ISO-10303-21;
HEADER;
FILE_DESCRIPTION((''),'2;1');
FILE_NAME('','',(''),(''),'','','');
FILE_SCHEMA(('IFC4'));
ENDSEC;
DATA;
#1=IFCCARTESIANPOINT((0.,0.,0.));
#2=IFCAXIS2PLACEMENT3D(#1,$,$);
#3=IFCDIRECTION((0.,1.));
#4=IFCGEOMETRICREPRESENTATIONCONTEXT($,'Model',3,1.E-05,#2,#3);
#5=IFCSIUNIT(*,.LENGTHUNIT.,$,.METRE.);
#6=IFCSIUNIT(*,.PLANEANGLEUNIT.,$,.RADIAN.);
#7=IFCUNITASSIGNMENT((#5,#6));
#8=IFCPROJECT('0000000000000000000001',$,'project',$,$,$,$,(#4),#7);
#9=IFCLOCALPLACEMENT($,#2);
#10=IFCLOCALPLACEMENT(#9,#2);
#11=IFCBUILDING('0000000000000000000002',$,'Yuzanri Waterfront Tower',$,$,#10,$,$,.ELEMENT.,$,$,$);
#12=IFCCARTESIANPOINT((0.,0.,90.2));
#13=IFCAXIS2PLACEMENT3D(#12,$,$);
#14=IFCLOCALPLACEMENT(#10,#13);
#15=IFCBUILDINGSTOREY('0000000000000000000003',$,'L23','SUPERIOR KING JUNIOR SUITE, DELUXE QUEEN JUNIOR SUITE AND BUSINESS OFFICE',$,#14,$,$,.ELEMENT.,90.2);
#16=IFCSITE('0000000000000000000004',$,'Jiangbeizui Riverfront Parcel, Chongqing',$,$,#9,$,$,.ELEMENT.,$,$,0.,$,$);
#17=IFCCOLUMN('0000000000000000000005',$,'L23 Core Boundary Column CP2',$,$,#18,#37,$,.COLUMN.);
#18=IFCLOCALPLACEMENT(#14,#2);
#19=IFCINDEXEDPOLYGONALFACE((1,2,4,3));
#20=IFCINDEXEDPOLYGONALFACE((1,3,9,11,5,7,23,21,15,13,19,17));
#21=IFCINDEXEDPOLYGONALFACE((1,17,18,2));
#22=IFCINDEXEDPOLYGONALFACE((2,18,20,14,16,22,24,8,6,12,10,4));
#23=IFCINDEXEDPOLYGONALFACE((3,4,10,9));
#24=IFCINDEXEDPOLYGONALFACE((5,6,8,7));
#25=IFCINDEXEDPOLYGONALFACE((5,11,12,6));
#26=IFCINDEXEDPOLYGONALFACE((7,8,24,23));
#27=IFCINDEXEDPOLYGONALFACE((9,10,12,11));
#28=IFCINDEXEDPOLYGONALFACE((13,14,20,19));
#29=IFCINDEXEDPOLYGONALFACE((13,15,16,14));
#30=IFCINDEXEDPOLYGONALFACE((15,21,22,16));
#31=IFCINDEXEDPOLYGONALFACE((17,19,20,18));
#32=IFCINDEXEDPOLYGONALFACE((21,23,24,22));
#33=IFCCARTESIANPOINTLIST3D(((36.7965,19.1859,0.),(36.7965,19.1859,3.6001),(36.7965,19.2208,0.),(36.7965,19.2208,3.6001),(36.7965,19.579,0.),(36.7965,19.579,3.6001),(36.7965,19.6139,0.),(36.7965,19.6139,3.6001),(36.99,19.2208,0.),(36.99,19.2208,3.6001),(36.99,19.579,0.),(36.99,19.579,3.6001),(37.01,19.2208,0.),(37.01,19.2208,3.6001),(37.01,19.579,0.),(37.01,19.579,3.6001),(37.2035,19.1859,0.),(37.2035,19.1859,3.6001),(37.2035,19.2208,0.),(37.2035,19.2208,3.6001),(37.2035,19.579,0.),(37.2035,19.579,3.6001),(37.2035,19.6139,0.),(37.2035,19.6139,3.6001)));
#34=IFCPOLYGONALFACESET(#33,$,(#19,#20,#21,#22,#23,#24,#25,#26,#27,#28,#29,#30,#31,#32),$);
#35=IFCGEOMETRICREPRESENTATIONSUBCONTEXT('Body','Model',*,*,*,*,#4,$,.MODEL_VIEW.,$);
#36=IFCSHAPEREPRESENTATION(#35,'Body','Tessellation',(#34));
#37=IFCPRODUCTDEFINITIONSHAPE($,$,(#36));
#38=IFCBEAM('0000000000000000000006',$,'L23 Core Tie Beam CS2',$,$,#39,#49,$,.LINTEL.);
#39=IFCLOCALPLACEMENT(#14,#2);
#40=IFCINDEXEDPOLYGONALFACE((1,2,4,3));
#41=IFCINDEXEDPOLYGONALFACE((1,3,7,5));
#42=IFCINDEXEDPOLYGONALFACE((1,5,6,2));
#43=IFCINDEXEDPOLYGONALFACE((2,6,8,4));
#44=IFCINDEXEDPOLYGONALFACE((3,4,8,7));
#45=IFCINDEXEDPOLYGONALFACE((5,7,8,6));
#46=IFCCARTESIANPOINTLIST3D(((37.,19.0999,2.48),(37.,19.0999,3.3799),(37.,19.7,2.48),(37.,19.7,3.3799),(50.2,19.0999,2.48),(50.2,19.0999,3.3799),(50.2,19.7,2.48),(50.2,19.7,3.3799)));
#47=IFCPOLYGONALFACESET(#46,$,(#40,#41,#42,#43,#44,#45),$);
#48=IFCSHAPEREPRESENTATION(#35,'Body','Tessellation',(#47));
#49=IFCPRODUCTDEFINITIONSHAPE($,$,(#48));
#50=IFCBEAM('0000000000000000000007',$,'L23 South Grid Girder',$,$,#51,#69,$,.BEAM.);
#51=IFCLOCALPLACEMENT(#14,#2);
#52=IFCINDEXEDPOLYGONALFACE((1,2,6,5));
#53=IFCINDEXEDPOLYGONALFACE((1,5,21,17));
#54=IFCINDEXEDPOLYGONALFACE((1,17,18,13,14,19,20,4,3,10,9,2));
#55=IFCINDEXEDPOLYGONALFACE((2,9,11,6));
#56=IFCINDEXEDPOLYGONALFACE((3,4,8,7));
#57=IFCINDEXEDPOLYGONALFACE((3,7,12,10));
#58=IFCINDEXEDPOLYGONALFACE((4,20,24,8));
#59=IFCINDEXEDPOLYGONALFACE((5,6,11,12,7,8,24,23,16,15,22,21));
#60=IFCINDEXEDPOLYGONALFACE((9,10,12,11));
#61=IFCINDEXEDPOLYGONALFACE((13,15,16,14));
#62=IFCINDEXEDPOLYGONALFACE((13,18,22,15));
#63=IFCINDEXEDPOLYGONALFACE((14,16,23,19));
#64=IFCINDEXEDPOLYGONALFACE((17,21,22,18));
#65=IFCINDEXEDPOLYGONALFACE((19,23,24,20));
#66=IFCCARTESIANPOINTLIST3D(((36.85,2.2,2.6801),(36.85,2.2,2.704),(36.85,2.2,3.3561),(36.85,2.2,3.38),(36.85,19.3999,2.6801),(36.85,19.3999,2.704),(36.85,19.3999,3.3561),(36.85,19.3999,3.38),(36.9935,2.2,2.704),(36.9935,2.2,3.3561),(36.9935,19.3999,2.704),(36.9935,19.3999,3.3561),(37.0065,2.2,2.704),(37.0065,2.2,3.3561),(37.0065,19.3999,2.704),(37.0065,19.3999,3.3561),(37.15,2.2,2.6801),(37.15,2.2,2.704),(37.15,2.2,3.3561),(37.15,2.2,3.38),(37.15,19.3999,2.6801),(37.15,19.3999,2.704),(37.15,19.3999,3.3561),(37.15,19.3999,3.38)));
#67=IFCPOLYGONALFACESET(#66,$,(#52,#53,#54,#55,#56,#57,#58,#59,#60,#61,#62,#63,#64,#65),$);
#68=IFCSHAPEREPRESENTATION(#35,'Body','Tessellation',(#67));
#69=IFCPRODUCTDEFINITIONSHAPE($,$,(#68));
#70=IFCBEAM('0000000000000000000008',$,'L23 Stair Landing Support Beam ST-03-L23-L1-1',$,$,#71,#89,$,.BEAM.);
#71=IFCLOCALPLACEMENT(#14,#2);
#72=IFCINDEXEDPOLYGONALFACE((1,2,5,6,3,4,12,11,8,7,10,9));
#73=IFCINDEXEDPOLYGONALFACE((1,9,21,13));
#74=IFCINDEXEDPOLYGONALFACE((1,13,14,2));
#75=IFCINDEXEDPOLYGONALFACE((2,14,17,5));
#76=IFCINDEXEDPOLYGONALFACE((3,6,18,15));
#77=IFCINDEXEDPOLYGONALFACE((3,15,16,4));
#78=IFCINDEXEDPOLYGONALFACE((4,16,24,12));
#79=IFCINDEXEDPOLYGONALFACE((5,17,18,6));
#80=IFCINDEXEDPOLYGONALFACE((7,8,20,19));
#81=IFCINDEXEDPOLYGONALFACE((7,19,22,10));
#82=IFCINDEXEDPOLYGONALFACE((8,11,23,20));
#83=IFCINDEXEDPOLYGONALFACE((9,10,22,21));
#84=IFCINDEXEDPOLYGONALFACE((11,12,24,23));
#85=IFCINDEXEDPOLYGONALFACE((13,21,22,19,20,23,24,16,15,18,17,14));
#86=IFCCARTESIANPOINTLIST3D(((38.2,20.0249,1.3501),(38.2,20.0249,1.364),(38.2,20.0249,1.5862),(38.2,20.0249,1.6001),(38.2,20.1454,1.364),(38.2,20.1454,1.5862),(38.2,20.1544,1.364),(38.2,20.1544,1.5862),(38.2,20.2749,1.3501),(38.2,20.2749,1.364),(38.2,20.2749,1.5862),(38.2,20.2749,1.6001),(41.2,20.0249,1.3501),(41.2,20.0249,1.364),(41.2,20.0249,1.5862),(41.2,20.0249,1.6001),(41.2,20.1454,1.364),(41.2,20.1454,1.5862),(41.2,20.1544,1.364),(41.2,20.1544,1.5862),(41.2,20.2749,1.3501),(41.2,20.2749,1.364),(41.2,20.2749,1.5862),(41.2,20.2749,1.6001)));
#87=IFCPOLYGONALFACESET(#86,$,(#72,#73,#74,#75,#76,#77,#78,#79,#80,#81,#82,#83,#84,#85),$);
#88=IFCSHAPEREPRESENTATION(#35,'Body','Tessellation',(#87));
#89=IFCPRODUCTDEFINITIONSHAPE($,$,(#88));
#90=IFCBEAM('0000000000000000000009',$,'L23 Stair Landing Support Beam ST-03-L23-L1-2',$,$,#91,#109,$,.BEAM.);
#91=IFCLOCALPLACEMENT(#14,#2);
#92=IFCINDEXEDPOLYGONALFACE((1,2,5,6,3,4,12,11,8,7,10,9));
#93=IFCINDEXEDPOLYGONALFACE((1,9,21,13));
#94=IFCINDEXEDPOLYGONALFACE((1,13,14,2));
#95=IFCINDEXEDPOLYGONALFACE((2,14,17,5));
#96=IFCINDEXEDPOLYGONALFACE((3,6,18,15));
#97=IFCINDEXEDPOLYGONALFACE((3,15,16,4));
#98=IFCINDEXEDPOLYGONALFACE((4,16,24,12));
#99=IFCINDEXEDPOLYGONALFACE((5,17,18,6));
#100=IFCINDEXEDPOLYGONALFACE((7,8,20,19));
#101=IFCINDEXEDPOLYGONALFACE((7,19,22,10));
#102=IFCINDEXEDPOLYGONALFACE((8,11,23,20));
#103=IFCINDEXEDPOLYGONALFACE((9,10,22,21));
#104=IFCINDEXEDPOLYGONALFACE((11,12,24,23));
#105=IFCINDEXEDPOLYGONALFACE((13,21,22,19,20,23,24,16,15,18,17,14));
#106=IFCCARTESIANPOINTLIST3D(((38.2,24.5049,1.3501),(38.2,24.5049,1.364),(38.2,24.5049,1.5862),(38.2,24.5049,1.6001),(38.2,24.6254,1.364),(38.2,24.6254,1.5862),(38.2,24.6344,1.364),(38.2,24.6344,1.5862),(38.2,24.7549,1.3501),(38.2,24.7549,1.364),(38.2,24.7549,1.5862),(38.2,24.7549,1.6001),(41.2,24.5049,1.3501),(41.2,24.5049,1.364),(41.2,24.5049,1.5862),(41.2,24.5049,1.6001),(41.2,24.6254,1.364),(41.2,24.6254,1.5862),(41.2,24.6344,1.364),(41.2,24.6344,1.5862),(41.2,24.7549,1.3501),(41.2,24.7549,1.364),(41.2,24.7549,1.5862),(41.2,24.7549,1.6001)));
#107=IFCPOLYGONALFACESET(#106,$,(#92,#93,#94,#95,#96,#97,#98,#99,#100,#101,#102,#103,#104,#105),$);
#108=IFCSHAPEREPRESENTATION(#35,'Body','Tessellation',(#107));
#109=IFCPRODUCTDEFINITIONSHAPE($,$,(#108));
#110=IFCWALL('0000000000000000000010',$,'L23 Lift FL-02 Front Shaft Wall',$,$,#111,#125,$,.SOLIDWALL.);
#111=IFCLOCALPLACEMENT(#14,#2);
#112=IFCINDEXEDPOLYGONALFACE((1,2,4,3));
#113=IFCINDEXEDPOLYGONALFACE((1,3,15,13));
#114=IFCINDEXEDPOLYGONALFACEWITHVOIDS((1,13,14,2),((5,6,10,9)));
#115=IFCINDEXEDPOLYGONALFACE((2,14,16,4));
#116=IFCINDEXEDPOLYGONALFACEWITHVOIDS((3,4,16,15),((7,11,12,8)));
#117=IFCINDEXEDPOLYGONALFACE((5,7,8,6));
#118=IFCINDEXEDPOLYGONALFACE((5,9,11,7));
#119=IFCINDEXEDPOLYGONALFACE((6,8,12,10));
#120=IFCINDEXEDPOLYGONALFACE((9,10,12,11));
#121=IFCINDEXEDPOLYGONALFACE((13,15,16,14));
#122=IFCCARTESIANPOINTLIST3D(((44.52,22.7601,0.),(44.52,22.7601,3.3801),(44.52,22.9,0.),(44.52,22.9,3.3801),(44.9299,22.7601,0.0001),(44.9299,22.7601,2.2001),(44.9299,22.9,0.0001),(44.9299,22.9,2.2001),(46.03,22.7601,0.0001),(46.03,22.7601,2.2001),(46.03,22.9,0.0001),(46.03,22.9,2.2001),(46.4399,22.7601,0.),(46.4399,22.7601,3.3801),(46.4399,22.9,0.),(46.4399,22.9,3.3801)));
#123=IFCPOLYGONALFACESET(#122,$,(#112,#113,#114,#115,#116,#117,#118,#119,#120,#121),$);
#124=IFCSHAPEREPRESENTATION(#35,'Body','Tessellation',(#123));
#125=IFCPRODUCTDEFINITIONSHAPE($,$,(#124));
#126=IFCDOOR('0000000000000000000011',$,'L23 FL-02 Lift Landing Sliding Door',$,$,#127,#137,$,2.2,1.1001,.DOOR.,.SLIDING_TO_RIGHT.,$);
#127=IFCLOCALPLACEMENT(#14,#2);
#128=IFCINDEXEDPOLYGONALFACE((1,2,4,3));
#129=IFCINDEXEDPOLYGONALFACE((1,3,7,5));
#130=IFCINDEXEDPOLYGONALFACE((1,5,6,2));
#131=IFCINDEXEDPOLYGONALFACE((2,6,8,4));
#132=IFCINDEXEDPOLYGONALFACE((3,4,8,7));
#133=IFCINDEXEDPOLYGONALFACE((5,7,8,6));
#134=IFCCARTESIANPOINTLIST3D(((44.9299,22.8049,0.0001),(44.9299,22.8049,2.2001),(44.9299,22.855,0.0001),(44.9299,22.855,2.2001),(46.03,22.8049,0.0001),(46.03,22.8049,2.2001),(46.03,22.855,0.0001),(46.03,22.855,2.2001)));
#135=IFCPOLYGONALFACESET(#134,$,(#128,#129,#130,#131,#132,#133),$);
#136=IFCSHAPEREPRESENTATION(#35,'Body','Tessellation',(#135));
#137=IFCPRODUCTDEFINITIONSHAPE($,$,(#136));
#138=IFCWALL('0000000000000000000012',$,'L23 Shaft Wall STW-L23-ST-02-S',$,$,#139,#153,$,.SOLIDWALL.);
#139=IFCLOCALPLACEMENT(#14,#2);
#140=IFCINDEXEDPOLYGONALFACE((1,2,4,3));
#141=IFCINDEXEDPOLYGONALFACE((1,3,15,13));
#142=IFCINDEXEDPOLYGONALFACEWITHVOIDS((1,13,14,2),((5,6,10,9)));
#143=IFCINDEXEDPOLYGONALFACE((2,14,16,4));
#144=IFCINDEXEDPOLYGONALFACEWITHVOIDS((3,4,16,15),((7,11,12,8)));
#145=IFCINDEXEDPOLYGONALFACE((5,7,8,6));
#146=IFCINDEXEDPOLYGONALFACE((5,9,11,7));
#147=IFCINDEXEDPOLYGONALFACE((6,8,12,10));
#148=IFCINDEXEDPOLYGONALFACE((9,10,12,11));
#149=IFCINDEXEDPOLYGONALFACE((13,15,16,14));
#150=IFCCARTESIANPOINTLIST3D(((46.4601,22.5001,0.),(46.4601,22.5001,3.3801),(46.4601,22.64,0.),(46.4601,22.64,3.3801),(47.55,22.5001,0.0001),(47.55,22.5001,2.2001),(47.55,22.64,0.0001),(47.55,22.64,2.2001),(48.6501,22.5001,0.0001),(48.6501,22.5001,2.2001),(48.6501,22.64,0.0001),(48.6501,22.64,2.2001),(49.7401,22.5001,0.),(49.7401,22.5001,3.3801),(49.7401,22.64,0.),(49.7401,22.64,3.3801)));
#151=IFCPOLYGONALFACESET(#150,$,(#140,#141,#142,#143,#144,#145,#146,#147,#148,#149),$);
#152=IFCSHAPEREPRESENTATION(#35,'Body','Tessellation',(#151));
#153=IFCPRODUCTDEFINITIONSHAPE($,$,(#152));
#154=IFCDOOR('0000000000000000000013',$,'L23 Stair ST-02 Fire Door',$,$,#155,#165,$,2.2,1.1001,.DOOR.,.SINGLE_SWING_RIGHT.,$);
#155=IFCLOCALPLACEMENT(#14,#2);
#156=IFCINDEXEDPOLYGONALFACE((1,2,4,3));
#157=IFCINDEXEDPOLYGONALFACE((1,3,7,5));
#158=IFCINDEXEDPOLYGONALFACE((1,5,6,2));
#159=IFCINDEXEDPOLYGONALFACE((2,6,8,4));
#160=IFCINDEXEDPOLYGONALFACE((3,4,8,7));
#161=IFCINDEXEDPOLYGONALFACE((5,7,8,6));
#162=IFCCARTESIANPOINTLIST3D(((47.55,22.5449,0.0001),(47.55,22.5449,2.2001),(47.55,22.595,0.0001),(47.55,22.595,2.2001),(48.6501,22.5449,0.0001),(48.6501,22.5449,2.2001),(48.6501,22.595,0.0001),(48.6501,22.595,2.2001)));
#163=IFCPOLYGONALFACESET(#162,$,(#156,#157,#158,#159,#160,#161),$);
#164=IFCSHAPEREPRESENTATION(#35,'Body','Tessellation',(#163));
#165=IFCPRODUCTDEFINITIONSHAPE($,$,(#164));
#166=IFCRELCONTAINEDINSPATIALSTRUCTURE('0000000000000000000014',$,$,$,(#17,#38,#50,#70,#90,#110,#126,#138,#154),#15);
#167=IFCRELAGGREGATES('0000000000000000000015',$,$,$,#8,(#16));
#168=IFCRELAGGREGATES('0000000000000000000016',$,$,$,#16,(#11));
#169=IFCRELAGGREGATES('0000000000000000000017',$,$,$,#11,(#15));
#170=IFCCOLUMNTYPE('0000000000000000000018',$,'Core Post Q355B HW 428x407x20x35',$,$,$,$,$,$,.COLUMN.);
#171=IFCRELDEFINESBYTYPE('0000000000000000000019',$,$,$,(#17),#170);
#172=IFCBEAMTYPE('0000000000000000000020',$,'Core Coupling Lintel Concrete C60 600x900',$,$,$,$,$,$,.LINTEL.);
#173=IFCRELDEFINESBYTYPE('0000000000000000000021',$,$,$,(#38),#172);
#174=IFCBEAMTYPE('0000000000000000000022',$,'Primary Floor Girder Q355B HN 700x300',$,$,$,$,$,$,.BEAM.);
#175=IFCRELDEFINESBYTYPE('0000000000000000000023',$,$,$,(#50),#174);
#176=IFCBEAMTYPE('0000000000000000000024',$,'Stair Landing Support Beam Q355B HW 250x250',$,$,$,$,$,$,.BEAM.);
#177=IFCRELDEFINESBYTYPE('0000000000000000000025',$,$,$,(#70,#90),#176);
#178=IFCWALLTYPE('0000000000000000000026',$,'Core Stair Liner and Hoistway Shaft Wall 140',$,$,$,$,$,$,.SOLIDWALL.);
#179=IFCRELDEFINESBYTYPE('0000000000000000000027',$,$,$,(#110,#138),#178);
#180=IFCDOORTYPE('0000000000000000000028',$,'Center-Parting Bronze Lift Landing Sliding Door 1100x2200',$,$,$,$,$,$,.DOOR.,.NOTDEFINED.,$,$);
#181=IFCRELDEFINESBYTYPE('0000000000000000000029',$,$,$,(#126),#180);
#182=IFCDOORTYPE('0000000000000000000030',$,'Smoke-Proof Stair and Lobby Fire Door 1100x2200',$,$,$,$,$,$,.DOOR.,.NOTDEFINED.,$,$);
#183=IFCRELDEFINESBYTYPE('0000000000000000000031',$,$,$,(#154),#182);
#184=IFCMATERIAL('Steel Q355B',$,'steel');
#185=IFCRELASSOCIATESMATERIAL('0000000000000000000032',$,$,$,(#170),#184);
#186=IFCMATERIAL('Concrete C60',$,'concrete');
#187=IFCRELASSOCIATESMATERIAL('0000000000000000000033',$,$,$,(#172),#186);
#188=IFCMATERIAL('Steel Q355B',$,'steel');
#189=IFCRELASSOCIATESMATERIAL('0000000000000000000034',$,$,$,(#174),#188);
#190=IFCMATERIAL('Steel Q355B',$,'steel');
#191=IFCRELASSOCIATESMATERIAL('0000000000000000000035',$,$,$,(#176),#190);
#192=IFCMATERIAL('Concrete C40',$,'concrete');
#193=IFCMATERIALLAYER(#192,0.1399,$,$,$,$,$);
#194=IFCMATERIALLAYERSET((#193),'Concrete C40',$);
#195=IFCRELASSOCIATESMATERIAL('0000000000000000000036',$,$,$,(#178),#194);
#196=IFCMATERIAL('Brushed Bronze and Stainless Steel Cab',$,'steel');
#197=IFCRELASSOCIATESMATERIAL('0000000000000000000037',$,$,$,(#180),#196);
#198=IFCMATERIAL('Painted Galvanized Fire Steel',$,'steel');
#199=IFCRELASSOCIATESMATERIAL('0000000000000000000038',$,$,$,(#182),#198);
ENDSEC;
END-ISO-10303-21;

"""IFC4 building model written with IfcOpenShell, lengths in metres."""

from ifc_helpers import new_model, si_unit, direction, frame, frame_2d, origin, origin_2d, place, context, subcontext, project, spatial, rectangle, i_section, extrude, source, transform, mapped, material, layer, layer_set, material_profile, profile_set, type_object, element, fill, save


model = new_model("IFC4")

# Units and contexts
model_context = context("Model", 3, precision=1e-05, world=origin(), true_north=direction((0.0, 1.0)))
body_context = subcontext(model_context, "Body", "Model", "MODEL_VIEW")
ifc_project = project(units=[si_unit("LENGTHUNIT", "METRE"), si_unit("PLANEANGLEUNIT", "RADIAN")], contexts=[model_context])

# Site, building, storey
site_placement = place(None, origin())
site = spatial("IfcSite", under=ifc_project, at=site_placement, Name="Jiangbeizui Riverfront Parcel, Chongqing", CompositionType="ELEMENT", RefElevation=0.0)
building_placement = place(site_placement, origin())
building = spatial("IfcBuilding", under=site, at=building_placement, Name="Yuzanri Waterfront Tower", CompositionType="ELEMENT")
storey_placement = place(building_placement, frame((0.0, 0.0, 90.2)))
storey = spatial("IfcBuildingStorey", under=building, at=storey_placement, Name="L23", Description="SUPERIOR KING JUNIOR SUITE, DELUXE QUEEN JUNIOR SUITE AND BUSINESS OFFICE", CompositionType="ELEMENT", Elevation=90.2)

# Column
ifc_material_1 = material(Name="Steel Q355B", Category="steel")
ifc_material_profile_1 = material_profile(ifc_material_1, i_section(OverallWidth=0.407, OverallDepth=0.428, WebThickness=0.02, FlangeThickness=0.0349, at=origin_2d()), Name="HW 428x407x20x35")
ifc_profile_set_1 = profile_set([ifc_material_profile_1], Name="Steel Q355B")
column_type = type_object("IfcColumnType", Name="Core Post Q355B HW 428x407x20x35", PredefinedType="COLUMN", material=ifc_profile_set_1)
shared_shape_1 = source(origin(), body_context, "Body", "SweptSolid", [
    extrude(i_section(OverallWidth=0.407, OverallDepth=0.428, WebThickness=0.02, FlangeThickness=0.0349, at=origin_2d()), origin(), (0.0, 0.0, 1.0), 3.6001),
])
column_placement = place(storey_placement, frame((37.0, 19.3999, 0.0), z_axis=(0.0, 0.0, 1.0), x_axis=(1.0, 0.0, 0.0)))
element("IfcColumn", 1, at=column_placement, inside=storey, type_object=column_type, Name="L23 Core Boundary Column CP2", PredefinedType="COLUMN", context=body_context, shape_type="MappedRepresentation", body=[
    mapped(shared_shape_1, transform((0.0, 0.0, 0.0), scale=1.0)),
])

# Beams
ifc_material_2 = material(Name="Concrete C60", Category="concrete")
ifc_material_profile_2 = material_profile(ifc_material_2, rectangle(XDim=0.6001, YDim=0.8999, at=origin_2d()), Name="RC 600x900")
ifc_profile_set_2 = profile_set([ifc_material_profile_2], Name="Concrete C60")
beam_type_1 = type_object("IfcBeamType", Name="Core Coupling Lintel Concrete C60 600x900", PredefinedType="LINTEL", material=ifc_profile_set_2)
shared_shape_2 = source(origin(), body_context, "Body", "SweptSolid", [
    extrude(rectangle(XDim=0.6001, YDim=0.8999, at=origin_2d()), origin(), (0.0, 0.0, 1.0), 13.2),
])
beam_1_placement = place(storey_placement, frame((37.0, 19.3999, 2.9299), z_axis=(1.0, 0.0, 0.0), x_axis=(0.0, 1.0, 0.0)))
element("IfcBeam", 2, at=beam_1_placement, inside=storey, type_object=beam_type_1, Name="L23 Core Tie Beam CS2", PredefinedType="LINTEL", context=body_context, shape_type="MappedRepresentation", body=[
    mapped(shared_shape_2, transform((0.0, 0.0, 0.0), scale=1.0)),
])
ifc_material_3 = material(Name="Steel Q355B", Category="steel")
ifc_material_profile_3 = material_profile(ifc_material_3, i_section(OverallWidth=0.3, OverallDepth=0.7, WebThickness=0.0129, FlangeThickness=0.0239, at=origin_2d()), Name="HN 700x300x13x24")
ifc_profile_set_3 = profile_set([ifc_material_profile_3], Name="Steel Q355B")
beam_type_2 = type_object("IfcBeamType", Name="Primary Floor Girder Q355B HN 700x300", PredefinedType="BEAM", material=ifc_profile_set_3)
shared_shape_3 = source(origin(), body_context, "Body", "SweptSolid", [
    extrude(i_section(OverallWidth=0.3, OverallDepth=0.7, WebThickness=0.0129, FlangeThickness=0.0239, at=origin_2d()), origin(), (0.0, 0.0, 1.0), 17.2),
])
beam_2_placement = place(storey_placement, frame((37.0, 19.3999, 3.03), z_axis=(0.0, -1.0, 0.0), x_axis=(1.0, 0.0, 0.0)))
element("IfcBeam", 3, at=beam_2_placement, inside=storey, type_object=beam_type_2, Name="L23 South Grid Girder", PredefinedType="BEAM", context=body_context, shape_type="MappedRepresentation", body=[
    mapped(shared_shape_3, transform((0.0, 0.0, 0.0), scale=1.0)),
])
ifc_material_4 = material(Name="Steel Q355B", Category="steel")
ifc_material_profile_4 = material_profile(ifc_material_4, i_section(OverallWidth=0.25, OverallDepth=0.25, WebThickness=0.009, FlangeThickness=0.0139, at=origin_2d()), Name="HW 250x250x9x14")
ifc_profile_set_4 = profile_set([ifc_material_profile_4], Name="Steel Q355B")
beam_type_3 = type_object("IfcBeamType", Name="Stair Landing Support Beam Q355B HW 250x250", PredefinedType="BEAM", material=ifc_profile_set_4)
shared_shape_4 = source(origin(), body_context, "Body", "SweptSolid", [
    extrude(i_section(OverallWidth=0.25, OverallDepth=0.25, WebThickness=0.009, FlangeThickness=0.0139, at=origin_2d()), origin(), (0.0, 0.0, 1.0), 3.0),
])
for number, where, z_axis, x_axis, name in (
    (4, (38.2, 20.1499, 1.4751), (1.0, 0.0, 0.0), (0.0, 1.0, 0.0), "L23 Stair Landing Support Beam ST-03-L23-L1-1"),
    (5, (38.2, 24.6299, 1.4751), (1.0, 0.0, 0.0), (0.0, 1.0, 0.0), "L23 Stair Landing Support Beam ST-03-L23-L1-2"),
):
    element("IfcBeam", number, at=place(storey_placement, frame(where, z_axis=z_axis, x_axis=x_axis)), inside=storey, type_object=beam_type_3, Name=name, PredefinedType="BEAM", context=body_context, shape_type="MappedRepresentation", body=[
        mapped(shared_shape_4, transform((0.0, 0.0, 0.0), scale=1.0)),
    ])

# Walls, openings, doors
ifc_material_5 = material(Name="Concrete C40", Category="concrete")
ifc_layer_1 = layer(ifc_material_5, 0.1399)
ifc_layer_set_1 = layer_set([ifc_layer_1], Name="Concrete C40")
wall_type_1 = type_object("IfcWallType", Name="Core Stair Liner and Hoistway Shaft Wall 140", PredefinedType="SOLIDWALL", material=ifc_layer_set_1)
wall_1_placement = place(storey_placement, frame((44.52, 22.8301, 0.0), z_axis=(0.0, 0.0, 1.0), x_axis=(1.0, 0.0, 0.0)))
wall_1 = element("IfcWall", 6, at=wall_1_placement, inside=storey, type_object=wall_type_1, Name="L23 Lift FL-02 Front Shaft Wall", PredefinedType="SOLIDWALL", context=body_context, shape_type="SweptSolid", body=[
    extrude(rectangle(XDim=1.9199, YDim=0.1399, at=frame_2d((0.96, 0.0))), origin(), (0.0, 0.0, 1.0), 3.3801),
])
opening_1_placement = place(wall_1_placement, frame((0.4099, 0.0, 0.0)))
opening_1 = element("IfcOpeningElement", 7, at=opening_1_placement, cuts=wall_1, PredefinedType="OPENING", context=body_context, shape_type="SweptSolid", body=[
    extrude(rectangle(XDim=1.1001, YDim=2.2, at=frame_2d((0.55, 1.1001))), frame((0.0, 0.085, 0.0), z_axis=(0.0, -1.0, 0.0), x_axis=(1.0, 0.0, 0.0)), (0.0, 0.0, 1.0), 0.1697),
])
ifc_material_6 = material(Name="Brushed Bronze and Stainless Steel Cab", Category="steel")
door_type_1 = type_object("IfcDoorType", Name="Center-Parting Bronze Lift Landing Sliding Door 1100x2200", OperationType="NOTDEFINED", PredefinedType="DOOR", material=ifc_material_6)
shared_shape_5 = source(origin(), body_context, "Body", "SweptSolid", [
    extrude(rectangle(XDim=1.1001, YDim=2.2, at=frame_2d((0.55, 1.1001))), frame((0.0, 0.0249, 0.0), z_axis=(0.0, -1.0, 0.0), x_axis=(1.0, 0.0, 0.0)), (0.0, 0.0, 1.0), 0.05),
])
door_1_placement = place(opening_1_placement, origin())
door_1 = element("IfcDoor", 8, at=door_1_placement, inside=storey, type_object=door_type_1, Name="L23 FL-02 Lift Landing Sliding Door", OperationType="SLIDING_TO_RIGHT", OverallHeight=2.2, OverallWidth=1.1001, PredefinedType="DOOR", context=body_context, shape_type="MappedRepresentation", body=[
    mapped(shared_shape_5, transform((0.0, 0.0, 0.0), scale=1.0)),
])
fill(opening_1, door_1)
wall_2_placement = place(storey_placement, frame((46.46, 22.5701, 0.0), z_axis=(0.0, 0.0, 1.0), x_axis=(1.0, 0.0, 0.0)))
wall_2 = element("IfcWall", 9, at=wall_2_placement, inside=storey, type_object=wall_type_1, Name="L23 Shaft Wall STW-L23-ST-02-S", PredefinedType="SOLIDWALL", context=body_context, shape_type="SweptSolid", body=[
    extrude(rectangle(XDim=3.28, YDim=0.1399, at=frame_2d((1.6401, 0.0))), origin(), (0.0, 0.0, 1.0), 3.3801),
])
opening_2_placement = place(wall_2_placement, frame((1.0901, 0.0, 0.0)))
opening_2 = element("IfcOpeningElement", 10, at=opening_2_placement, cuts=wall_2, PredefinedType="OPENING", context=body_context, shape_type="SweptSolid", body=[
    extrude(rectangle(XDim=1.1001, YDim=2.2, at=frame_2d((0.55, 1.1001))), frame((0.0, 0.085, 0.0), z_axis=(0.0, -1.0, 0.0), x_axis=(1.0, 0.0, 0.0)), (0.0, 0.0, 1.0), 0.1697),
])
ifc_material_7 = material(Name="Painted Galvanized Fire Steel", Category="steel")
door_type_2 = type_object("IfcDoorType", Name="Smoke-Proof Stair and Lobby Fire Door 1100x2200", OperationType="NOTDEFINED", PredefinedType="DOOR", material=ifc_material_7)
shared_shape_6 = source(origin(), body_context, "Body", "SweptSolid", [
    extrude(rectangle(XDim=1.1001, YDim=2.2, at=frame_2d((0.55, 1.1001))), frame((0.0, 0.0249, 0.0), z_axis=(0.0, -1.0, 0.0), x_axis=(1.0, 0.0, 0.0)), (0.0, 0.0, 1.0), 0.05),
])
door_2_placement = place(opening_2_placement, origin())
door_2 = element("IfcDoor", 11, at=door_2_placement, inside=storey, type_object=door_type_2, Name="L23 Stair ST-02 Fire Door", OperationType="SINGLE_SWING_RIGHT", OverallHeight=2.2, OverallWidth=1.1001, PredefinedType="DOOR", context=body_context, shape_type="MappedRepresentation", body=[
    mapped(shared_shape_6, transform((0.0, 0.0, 0.0), scale=1.0)),
])
fill(opening_2, door_2)

save(model, "model.ifc")
